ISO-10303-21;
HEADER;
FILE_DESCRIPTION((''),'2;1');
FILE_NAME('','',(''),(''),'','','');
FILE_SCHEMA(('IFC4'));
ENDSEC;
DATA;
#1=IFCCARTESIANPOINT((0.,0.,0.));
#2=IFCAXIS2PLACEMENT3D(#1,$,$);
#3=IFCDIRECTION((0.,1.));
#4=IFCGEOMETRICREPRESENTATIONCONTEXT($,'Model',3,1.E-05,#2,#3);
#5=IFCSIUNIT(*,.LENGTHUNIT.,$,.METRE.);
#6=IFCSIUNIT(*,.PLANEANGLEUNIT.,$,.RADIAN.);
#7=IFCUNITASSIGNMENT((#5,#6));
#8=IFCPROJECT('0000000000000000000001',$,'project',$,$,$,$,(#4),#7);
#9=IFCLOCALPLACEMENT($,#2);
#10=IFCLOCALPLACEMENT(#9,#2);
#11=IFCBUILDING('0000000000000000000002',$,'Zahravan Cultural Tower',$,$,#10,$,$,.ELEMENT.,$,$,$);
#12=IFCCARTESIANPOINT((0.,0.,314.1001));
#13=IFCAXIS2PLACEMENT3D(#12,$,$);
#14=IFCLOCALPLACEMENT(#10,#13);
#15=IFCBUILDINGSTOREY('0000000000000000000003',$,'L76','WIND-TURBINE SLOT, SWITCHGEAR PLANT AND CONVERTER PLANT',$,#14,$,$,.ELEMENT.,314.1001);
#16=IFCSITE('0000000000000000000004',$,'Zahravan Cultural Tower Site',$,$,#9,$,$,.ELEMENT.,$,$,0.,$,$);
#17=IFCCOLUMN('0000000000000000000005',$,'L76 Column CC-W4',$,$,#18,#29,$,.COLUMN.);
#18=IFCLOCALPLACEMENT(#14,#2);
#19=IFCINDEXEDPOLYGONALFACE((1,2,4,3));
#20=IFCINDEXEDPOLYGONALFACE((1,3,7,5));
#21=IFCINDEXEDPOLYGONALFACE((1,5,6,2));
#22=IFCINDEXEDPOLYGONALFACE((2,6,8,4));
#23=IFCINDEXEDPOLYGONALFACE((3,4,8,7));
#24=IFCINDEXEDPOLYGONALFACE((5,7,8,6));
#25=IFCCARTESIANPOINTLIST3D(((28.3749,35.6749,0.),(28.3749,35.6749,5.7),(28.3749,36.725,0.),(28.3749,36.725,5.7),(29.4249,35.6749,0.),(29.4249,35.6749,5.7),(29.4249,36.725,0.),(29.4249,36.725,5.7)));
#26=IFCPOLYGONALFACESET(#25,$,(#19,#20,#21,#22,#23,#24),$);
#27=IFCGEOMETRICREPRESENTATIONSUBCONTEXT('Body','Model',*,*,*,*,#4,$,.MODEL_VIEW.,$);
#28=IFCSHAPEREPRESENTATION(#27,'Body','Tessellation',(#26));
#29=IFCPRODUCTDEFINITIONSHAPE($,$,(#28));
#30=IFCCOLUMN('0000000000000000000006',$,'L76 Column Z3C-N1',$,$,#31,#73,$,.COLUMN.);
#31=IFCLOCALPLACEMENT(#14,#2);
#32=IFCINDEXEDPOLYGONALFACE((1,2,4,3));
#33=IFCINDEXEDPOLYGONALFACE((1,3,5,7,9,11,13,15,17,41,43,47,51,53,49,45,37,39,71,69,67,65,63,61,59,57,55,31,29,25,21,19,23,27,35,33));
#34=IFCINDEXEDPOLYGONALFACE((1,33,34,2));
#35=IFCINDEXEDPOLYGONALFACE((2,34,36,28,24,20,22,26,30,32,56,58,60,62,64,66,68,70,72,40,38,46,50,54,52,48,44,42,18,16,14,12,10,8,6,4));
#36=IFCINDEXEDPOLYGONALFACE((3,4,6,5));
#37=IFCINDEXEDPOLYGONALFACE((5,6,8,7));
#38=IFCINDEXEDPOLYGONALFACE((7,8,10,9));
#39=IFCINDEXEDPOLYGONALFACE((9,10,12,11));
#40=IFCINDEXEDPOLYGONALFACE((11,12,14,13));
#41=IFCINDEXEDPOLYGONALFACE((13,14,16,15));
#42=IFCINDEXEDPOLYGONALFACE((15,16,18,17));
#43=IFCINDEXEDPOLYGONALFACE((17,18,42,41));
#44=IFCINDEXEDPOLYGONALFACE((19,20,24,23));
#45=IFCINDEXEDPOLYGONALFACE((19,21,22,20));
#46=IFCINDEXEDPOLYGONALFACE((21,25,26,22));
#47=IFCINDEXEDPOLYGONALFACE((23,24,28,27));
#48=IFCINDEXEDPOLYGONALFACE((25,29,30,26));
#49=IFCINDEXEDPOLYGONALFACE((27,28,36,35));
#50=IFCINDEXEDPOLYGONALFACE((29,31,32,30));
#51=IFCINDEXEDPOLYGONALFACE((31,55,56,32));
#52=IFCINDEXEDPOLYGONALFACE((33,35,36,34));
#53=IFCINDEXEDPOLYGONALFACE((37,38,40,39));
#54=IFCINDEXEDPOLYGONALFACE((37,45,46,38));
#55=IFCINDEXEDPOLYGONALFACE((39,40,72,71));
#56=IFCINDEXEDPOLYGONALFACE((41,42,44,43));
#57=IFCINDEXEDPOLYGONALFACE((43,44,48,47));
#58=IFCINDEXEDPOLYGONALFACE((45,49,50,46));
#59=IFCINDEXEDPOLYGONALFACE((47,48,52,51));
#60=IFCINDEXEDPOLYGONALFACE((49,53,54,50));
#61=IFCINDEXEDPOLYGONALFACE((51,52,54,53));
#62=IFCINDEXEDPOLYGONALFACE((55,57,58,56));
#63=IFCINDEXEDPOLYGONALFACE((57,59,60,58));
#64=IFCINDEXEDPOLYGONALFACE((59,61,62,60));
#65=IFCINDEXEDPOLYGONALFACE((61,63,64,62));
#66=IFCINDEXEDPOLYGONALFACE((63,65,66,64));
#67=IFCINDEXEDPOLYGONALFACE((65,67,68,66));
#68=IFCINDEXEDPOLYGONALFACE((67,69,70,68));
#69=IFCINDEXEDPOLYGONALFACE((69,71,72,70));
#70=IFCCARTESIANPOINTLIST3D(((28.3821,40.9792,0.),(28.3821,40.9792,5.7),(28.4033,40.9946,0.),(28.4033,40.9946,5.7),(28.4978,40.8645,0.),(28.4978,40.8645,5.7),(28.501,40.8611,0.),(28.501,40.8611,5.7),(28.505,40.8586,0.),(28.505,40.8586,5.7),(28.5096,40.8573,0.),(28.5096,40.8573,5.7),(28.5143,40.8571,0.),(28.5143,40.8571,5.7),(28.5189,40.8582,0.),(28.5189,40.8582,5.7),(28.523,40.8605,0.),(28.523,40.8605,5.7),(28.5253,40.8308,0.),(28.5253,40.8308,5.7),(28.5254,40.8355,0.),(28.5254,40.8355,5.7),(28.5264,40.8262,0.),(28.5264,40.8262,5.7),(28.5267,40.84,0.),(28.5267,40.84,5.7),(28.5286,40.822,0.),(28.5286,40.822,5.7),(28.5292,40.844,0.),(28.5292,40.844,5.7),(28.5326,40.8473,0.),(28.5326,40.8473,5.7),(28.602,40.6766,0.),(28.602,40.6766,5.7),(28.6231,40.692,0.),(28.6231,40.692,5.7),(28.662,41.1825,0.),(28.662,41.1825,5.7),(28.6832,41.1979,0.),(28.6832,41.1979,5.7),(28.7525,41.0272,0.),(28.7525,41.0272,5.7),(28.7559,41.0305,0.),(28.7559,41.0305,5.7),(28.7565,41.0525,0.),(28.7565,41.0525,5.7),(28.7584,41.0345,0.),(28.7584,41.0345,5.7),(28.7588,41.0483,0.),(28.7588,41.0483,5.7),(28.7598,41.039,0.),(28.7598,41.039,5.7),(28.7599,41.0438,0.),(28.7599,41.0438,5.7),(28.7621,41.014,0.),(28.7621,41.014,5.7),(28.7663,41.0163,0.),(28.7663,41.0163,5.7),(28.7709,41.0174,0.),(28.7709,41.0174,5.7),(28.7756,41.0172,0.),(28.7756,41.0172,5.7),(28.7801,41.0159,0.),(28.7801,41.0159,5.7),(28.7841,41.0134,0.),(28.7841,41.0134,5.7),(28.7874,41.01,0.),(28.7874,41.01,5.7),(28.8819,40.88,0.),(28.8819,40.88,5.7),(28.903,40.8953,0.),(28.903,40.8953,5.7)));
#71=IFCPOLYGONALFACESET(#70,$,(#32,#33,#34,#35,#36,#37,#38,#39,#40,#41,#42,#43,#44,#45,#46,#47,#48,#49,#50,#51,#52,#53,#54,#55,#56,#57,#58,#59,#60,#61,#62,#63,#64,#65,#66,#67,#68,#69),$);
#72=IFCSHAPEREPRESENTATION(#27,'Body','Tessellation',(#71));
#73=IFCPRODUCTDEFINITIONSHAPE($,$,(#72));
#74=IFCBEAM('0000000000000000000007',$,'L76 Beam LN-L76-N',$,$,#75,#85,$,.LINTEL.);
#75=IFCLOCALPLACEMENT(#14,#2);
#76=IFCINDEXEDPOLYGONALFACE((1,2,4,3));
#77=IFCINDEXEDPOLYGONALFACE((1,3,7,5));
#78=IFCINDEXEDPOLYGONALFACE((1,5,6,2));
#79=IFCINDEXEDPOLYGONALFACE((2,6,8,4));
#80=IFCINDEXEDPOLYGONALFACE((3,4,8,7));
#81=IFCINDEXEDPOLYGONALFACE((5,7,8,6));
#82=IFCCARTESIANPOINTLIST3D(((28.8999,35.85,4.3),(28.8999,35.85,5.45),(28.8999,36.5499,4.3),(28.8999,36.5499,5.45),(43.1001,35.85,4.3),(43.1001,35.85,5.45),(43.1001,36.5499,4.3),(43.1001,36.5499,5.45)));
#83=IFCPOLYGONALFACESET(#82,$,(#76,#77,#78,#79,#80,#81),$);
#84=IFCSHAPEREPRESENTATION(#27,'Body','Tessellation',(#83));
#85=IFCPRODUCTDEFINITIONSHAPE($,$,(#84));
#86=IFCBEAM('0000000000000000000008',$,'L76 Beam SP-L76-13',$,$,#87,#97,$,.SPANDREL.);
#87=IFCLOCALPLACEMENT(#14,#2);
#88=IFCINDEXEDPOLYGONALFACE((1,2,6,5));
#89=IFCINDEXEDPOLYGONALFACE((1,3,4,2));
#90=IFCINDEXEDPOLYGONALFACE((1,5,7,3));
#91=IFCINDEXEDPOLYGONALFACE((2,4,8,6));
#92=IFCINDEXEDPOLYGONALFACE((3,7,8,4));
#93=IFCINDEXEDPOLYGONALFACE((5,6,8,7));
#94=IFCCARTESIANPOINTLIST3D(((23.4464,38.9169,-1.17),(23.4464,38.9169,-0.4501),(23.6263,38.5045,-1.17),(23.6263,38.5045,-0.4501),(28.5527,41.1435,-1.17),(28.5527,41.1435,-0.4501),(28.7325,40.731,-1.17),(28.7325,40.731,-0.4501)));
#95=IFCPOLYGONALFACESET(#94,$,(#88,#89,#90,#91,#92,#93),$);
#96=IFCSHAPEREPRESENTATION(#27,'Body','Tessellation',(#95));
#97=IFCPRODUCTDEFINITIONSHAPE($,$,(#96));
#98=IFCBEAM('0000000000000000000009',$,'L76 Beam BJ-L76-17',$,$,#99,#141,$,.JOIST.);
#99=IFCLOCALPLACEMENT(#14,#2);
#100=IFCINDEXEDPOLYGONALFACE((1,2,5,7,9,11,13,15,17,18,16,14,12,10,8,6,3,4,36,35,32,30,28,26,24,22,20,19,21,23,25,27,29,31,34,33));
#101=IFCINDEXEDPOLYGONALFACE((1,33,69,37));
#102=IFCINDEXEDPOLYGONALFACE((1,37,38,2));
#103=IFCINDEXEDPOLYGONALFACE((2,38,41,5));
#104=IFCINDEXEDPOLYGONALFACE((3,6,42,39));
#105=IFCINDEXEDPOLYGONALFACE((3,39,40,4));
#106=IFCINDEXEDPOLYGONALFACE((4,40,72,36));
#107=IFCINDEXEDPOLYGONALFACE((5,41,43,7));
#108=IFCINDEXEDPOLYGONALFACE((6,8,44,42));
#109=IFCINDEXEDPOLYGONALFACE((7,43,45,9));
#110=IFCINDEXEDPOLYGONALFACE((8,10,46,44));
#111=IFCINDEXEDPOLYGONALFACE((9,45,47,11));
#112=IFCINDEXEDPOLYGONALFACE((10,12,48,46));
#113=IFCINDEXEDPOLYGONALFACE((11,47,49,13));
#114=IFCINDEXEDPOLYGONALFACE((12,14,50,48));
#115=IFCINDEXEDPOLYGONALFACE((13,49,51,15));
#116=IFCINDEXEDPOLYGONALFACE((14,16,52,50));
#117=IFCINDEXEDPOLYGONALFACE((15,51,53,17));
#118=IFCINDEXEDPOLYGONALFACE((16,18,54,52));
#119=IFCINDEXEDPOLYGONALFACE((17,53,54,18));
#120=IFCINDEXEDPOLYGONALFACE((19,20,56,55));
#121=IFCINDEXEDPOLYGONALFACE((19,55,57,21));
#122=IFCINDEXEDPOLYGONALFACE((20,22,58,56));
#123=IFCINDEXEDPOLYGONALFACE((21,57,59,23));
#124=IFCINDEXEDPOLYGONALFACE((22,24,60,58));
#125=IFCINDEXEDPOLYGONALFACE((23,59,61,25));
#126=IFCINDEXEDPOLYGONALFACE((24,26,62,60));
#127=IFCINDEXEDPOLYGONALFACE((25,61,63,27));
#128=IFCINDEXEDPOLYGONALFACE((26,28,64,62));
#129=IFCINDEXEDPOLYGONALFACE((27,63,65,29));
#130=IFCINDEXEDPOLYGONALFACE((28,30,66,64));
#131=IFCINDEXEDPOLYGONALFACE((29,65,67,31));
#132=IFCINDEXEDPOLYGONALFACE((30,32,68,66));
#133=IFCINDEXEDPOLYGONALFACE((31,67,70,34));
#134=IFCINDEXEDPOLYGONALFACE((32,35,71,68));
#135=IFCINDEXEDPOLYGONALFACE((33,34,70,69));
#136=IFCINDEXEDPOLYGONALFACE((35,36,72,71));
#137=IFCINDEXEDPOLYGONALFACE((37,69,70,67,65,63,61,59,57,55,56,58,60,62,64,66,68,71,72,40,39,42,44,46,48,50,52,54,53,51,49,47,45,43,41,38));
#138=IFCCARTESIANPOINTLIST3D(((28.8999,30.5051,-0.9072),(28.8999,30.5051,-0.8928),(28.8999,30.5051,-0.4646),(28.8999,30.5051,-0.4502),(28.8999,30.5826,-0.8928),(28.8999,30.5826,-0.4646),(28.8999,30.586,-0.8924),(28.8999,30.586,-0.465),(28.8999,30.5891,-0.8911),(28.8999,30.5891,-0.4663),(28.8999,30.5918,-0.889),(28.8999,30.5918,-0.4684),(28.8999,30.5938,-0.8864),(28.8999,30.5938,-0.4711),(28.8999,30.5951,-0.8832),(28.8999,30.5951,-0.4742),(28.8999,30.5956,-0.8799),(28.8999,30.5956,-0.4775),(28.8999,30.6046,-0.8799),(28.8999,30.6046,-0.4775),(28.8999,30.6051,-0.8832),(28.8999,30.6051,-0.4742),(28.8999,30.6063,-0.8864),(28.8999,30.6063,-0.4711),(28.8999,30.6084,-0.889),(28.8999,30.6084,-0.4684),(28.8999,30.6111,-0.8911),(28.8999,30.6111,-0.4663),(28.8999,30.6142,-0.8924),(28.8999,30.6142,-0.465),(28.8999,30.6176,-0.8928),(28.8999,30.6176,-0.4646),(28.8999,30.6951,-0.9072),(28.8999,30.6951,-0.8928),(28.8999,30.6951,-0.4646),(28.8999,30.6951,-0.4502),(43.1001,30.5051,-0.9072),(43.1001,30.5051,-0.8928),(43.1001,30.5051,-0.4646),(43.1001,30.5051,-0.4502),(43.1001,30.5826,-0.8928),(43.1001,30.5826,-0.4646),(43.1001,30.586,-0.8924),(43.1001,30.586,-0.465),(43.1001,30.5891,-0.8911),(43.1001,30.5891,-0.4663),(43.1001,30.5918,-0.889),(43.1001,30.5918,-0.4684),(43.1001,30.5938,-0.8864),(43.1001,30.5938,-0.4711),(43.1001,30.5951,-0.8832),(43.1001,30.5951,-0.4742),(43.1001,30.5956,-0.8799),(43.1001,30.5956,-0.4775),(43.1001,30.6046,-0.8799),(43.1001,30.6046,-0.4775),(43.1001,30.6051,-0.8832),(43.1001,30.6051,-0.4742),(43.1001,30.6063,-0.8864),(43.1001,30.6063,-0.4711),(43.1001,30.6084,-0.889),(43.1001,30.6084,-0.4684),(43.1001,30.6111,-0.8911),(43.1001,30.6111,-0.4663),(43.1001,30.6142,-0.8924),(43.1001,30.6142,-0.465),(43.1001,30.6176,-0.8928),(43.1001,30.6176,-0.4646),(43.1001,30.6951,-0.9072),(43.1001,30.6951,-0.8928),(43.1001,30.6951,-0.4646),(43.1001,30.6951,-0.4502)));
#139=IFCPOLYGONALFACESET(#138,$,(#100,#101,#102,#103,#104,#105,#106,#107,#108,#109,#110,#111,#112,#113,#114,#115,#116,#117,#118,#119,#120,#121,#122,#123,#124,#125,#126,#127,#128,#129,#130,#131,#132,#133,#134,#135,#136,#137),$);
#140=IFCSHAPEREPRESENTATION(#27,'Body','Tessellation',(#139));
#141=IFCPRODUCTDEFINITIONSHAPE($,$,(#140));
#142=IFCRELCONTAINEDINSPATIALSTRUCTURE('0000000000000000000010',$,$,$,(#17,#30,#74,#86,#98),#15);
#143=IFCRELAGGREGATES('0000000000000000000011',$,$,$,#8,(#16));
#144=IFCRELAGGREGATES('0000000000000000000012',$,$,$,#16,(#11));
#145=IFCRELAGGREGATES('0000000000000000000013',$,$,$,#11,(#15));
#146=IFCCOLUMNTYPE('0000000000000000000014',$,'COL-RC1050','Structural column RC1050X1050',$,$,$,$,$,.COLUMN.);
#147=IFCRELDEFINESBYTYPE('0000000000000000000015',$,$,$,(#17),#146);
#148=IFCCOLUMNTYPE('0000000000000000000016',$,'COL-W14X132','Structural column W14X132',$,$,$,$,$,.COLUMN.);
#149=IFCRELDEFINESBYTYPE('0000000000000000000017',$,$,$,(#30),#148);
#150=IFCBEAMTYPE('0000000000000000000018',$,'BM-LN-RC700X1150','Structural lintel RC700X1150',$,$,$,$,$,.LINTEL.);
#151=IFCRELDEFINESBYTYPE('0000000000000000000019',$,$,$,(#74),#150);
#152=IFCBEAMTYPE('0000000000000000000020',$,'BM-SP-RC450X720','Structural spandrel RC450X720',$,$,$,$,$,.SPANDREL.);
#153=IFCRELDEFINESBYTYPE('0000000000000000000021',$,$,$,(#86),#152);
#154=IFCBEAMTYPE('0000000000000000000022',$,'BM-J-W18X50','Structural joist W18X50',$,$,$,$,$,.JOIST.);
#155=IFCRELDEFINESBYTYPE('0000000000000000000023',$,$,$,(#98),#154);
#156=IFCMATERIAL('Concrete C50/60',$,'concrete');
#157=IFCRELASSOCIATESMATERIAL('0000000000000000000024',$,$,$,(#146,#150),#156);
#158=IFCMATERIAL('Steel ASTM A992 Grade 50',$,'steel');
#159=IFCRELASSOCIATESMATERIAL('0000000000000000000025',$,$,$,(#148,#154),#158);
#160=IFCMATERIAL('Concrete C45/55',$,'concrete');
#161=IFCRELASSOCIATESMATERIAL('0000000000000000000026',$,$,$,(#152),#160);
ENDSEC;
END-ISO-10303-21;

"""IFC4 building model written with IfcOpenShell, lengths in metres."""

from ifc_helpers import new_model, si_unit, direction, frame, origin, origin_2d, place, context, subcontext, project, spatial, rectangle, i_section, extrude, source, transform, mapped, material, material_profile, profile_set, type_object, element, save


model = new_model("IFC4")

# Units and contexts
model_context = context("Model", 3, precision=1e-05, world=origin(), true_north=direction((0.0, 1.0)))
body_context = subcontext(model_context, "Body", "Model", "MODEL_VIEW")
ifc_project = project(units=[si_unit("LENGTHUNIT", "METRE"), si_unit("PLANEANGLEUNIT", "RADIAN")], contexts=[model_context])

# Site, building, storey
site_placement = place(None, origin())
site = spatial("IfcSite", under=ifc_project, at=site_placement, Name="Zahravan Cultural Tower Site", CompositionType="ELEMENT", RefElevation=0.0)
building_placement = place(site_placement, origin())
building = spatial("IfcBuilding", under=site, at=building_placement, Name="Zahravan Cultural Tower", CompositionType="ELEMENT")
storey_placement = place(building_placement, frame((0.0, 0.0, 314.1001)))
storey = spatial("IfcBuildingStorey", under=building, at=storey_placement, Name="L76", Description="WIND-TURBINE SLOT, SWITCHGEAR PLANT AND CONVERTER PLANT", CompositionType="ELEMENT", Elevation=314.1001)

# Columns
ifc_material_1 = material(Name="Concrete C50/60", Category="concrete")
ifc_material_profile_1 = material_profile(ifc_material_1, rectangle(XDim=1.05, YDim=1.05, at=origin_2d()), Name="RC1050X1050")
ifc_profile_set_1 = profile_set([ifc_material_profile_1], Name="Concrete C50/60")
column_type_1 = type_object("IfcColumnType", Name="COL-RC1050", Description="Structural column RC1050X1050", PredefinedType="COLUMN", material=ifc_profile_set_1)
shared_shape_1 = source(origin(), body_context, "Body", "SweptSolid", [
    extrude(rectangle(XDim=1.05, YDim=1.05, at=origin_2d()), origin(), (0.0, 0.0, 1.0), 5.7),
])
column_1_placement = place(storey_placement, frame((28.8999, 36.2, 0.0), z_axis=(0.0, 0.0, 1.0), x_axis=(1.0, 0.0, 0.0)))
element("IfcColumn", 1, at=column_1_placement, inside=storey, type_object=column_type_1, Name="L76 Column CC-W4", PredefinedType="COLUMN", context=body_context, shape_type="MappedRepresentation", body=[
    mapped(shared_shape_1, transform((0.0, 0.0, 0.0), x_axis=(1.0, 0.0, 0.0), y_axis=(0.0, 1.0, 0.0), z_axis=(0.0, 0.0, 1.0), scale=1.0)),
])
ifc_material_2 = material(Name="Steel ASTM A992 Grade 50", Category="steel")
ifc_material_profile_2 = material_profile(ifc_material_2, i_section(OverallWidth=0.374, OverallDepth=0.3721, WebThickness=0.0164, FlangeThickness=0.0261, FilletRadius=0.0181, at=origin_2d()), Name="W14X132")
ifc_profile_set_2 = profile_set([ifc_material_profile_2], Name="Steel ASTM A992 Grade 50")
column_type_2 = type_object("IfcColumnType", Name="COL-W14X132", Description="Structural column W14X132", PredefinedType="COLUMN", material=ifc_profile_set_2)
shared_shape_2 = source(origin(), body_context, "Body", "SweptSolid", [
    extrude(i_section(OverallWidth=0.374, OverallDepth=0.3721, WebThickness=0.0164, FlangeThickness=0.0261, FilletRadius=0.0181, at=origin_2d()), origin(), (0.0, 0.0, 1.0), 5.7),
])
column_2_placement = place(storey_placement, frame((28.6426, 40.9373, 0.0), z_axis=(0.0, 0.0, 1.0), x_axis=(-0.587785, 0.809017, 0.0)))
element("IfcColumn", 2, at=column_2_placement, inside=storey, type_object=column_type_2, Name="L76 Column Z3C-N1", PredefinedType="COLUMN", context=body_context, shape_type="MappedRepresentation", body=[
    mapped(shared_shape_2, transform((0.0, 0.0, 0.0), x_axis=(1.0, 0.0, 0.0), y_axis=(0.0, 1.0, 0.0), z_axis=(0.0, 0.0, 1.0), scale=1.0)),
])

# Beams
ifc_material_profile_3 = material_profile(ifc_material_1, rectangle(XDim=0.7, YDim=1.1499, at=origin_2d()), Name="RC700X1150")
ifc_profile_set_3 = profile_set([ifc_material_profile_3], Name="Concrete C50/60")
beam_type_1 = type_object("IfcBeamType", Name="BM-LN-RC700X1150", Description="Structural lintel RC700X1150", PredefinedType="LINTEL", material=ifc_profile_set_3)
shared_shape_3 = source(origin(), body_context, "Body", "SweptSolid", [
    extrude(rectangle(XDim=0.7, YDim=1.1499, at=origin_2d()), origin(), (0.0, 0.0, 1.0), 14.2002),
])
beam_1_placement = place(storey_placement, frame((28.8999, 36.2, 4.875), z_axis=(1.0, 0.0, 0.0), x_axis=(0.0, 1.0, 0.0)))
element("IfcBeam", 3, at=beam_1_placement, inside=storey, type_object=beam_type_1, Name="L76 Beam LN-L76-N", PredefinedType="LINTEL", context=body_context, shape_type="MappedRepresentation", body=[
    mapped(shared_shape_3, transform((0.0, 0.0, 0.0), x_axis=(1.0, 0.0, 0.0), y_axis=(0.0, 1.0, 0.0), z_axis=(0.0, 0.0, 1.0), scale=1.0)),
])
ifc_material_3 = material(Name="Concrete C45/55", Category="concrete")
ifc_material_profile_4 = material_profile(ifc_material_3, rectangle(XDim=0.45, YDim=0.72, at=origin_2d()), Name="RC450X720")
ifc_profile_set_4 = profile_set([ifc_material_profile_4], Name="Concrete C45/55")
beam_type_2 = type_object("IfcBeamType", Name="BM-SP-RC450X720", Description="Structural spandrel RC450X720", PredefinedType="SPANDREL", material=ifc_profile_set_4)
shared_shape_4 = source(origin(), body_context, "Body", "SweptSolid", [
    extrude(rectangle(XDim=0.45, YDim=0.72, at=origin_2d()), origin(), (0.0, 0.0, 1.0), 5.5706),
])
beam_2_placement = place(storey_placement, frame((28.6426, 40.9373, -0.8101), z_axis=(-0.916645, -0.399703, 0.0), x_axis=(0.399703, -0.916645, 0.0)))
element("IfcBeam", 4, at=beam_2_placement, inside=storey, type_object=beam_type_2, Name="L76 Beam SP-L76-13", PredefinedType="SPANDREL", context=body_context, shape_type="MappedRepresentation", body=[
    mapped(shared_shape_4, transform((0.0, 0.0, 0.0), x_axis=(1.0, 0.0, 0.0), y_axis=(0.0, 1.0, 0.0), z_axis=(0.0, 0.0, 1.0), scale=1.0)),
])
ifc_material_profile_5 = material_profile(ifc_material_2, i_section(OverallWidth=0.1899, OverallDepth=0.457, WebThickness=0.009, FlangeThickness=0.0144, FilletRadius=0.0129, at=origin_2d()), Name="W18X50")
ifc_profile_set_5 = profile_set([ifc_material_profile_5], Name="Steel ASTM A992 Grade 50")
beam_type_3 = type_object("IfcBeamType", Name="BM-J-W18X50", Description="Structural joist W18X50", PredefinedType="JOIST", material=ifc_profile_set_5)
shared_shape_5 = source(origin(), body_context, "Body", "SweptSolid", [
    extrude(i_section(OverallWidth=0.1899, OverallDepth=0.457, WebThickness=0.009, FlangeThickness=0.0144, FilletRadius=0.0129, at=origin_2d()), origin(), (0.0, 0.0, 1.0), 14.2002),
])
beam_3_placement = place(storey_placement, frame((28.8999, 30.6001, -0.6787), z_axis=(1.0, 0.0, 0.0), x_axis=(0.0, 1.0, 0.0)))
element("IfcBeam", 5, at=beam_3_placement, inside=storey, type_object=beam_type_3, Name="L76 Beam BJ-L76-17", PredefinedType="JOIST", context=body_context, shape_type="MappedRepresentation", body=[
    mapped(shared_shape_5, transform((0.0, 0.0, 0.0), x_axis=(1.0, 0.0, 0.0), y_axis=(0.0, 1.0, 0.0), z_axis=(0.0, 0.0, 1.0), scale=1.0)),
])

save(model, "model.ifc")
